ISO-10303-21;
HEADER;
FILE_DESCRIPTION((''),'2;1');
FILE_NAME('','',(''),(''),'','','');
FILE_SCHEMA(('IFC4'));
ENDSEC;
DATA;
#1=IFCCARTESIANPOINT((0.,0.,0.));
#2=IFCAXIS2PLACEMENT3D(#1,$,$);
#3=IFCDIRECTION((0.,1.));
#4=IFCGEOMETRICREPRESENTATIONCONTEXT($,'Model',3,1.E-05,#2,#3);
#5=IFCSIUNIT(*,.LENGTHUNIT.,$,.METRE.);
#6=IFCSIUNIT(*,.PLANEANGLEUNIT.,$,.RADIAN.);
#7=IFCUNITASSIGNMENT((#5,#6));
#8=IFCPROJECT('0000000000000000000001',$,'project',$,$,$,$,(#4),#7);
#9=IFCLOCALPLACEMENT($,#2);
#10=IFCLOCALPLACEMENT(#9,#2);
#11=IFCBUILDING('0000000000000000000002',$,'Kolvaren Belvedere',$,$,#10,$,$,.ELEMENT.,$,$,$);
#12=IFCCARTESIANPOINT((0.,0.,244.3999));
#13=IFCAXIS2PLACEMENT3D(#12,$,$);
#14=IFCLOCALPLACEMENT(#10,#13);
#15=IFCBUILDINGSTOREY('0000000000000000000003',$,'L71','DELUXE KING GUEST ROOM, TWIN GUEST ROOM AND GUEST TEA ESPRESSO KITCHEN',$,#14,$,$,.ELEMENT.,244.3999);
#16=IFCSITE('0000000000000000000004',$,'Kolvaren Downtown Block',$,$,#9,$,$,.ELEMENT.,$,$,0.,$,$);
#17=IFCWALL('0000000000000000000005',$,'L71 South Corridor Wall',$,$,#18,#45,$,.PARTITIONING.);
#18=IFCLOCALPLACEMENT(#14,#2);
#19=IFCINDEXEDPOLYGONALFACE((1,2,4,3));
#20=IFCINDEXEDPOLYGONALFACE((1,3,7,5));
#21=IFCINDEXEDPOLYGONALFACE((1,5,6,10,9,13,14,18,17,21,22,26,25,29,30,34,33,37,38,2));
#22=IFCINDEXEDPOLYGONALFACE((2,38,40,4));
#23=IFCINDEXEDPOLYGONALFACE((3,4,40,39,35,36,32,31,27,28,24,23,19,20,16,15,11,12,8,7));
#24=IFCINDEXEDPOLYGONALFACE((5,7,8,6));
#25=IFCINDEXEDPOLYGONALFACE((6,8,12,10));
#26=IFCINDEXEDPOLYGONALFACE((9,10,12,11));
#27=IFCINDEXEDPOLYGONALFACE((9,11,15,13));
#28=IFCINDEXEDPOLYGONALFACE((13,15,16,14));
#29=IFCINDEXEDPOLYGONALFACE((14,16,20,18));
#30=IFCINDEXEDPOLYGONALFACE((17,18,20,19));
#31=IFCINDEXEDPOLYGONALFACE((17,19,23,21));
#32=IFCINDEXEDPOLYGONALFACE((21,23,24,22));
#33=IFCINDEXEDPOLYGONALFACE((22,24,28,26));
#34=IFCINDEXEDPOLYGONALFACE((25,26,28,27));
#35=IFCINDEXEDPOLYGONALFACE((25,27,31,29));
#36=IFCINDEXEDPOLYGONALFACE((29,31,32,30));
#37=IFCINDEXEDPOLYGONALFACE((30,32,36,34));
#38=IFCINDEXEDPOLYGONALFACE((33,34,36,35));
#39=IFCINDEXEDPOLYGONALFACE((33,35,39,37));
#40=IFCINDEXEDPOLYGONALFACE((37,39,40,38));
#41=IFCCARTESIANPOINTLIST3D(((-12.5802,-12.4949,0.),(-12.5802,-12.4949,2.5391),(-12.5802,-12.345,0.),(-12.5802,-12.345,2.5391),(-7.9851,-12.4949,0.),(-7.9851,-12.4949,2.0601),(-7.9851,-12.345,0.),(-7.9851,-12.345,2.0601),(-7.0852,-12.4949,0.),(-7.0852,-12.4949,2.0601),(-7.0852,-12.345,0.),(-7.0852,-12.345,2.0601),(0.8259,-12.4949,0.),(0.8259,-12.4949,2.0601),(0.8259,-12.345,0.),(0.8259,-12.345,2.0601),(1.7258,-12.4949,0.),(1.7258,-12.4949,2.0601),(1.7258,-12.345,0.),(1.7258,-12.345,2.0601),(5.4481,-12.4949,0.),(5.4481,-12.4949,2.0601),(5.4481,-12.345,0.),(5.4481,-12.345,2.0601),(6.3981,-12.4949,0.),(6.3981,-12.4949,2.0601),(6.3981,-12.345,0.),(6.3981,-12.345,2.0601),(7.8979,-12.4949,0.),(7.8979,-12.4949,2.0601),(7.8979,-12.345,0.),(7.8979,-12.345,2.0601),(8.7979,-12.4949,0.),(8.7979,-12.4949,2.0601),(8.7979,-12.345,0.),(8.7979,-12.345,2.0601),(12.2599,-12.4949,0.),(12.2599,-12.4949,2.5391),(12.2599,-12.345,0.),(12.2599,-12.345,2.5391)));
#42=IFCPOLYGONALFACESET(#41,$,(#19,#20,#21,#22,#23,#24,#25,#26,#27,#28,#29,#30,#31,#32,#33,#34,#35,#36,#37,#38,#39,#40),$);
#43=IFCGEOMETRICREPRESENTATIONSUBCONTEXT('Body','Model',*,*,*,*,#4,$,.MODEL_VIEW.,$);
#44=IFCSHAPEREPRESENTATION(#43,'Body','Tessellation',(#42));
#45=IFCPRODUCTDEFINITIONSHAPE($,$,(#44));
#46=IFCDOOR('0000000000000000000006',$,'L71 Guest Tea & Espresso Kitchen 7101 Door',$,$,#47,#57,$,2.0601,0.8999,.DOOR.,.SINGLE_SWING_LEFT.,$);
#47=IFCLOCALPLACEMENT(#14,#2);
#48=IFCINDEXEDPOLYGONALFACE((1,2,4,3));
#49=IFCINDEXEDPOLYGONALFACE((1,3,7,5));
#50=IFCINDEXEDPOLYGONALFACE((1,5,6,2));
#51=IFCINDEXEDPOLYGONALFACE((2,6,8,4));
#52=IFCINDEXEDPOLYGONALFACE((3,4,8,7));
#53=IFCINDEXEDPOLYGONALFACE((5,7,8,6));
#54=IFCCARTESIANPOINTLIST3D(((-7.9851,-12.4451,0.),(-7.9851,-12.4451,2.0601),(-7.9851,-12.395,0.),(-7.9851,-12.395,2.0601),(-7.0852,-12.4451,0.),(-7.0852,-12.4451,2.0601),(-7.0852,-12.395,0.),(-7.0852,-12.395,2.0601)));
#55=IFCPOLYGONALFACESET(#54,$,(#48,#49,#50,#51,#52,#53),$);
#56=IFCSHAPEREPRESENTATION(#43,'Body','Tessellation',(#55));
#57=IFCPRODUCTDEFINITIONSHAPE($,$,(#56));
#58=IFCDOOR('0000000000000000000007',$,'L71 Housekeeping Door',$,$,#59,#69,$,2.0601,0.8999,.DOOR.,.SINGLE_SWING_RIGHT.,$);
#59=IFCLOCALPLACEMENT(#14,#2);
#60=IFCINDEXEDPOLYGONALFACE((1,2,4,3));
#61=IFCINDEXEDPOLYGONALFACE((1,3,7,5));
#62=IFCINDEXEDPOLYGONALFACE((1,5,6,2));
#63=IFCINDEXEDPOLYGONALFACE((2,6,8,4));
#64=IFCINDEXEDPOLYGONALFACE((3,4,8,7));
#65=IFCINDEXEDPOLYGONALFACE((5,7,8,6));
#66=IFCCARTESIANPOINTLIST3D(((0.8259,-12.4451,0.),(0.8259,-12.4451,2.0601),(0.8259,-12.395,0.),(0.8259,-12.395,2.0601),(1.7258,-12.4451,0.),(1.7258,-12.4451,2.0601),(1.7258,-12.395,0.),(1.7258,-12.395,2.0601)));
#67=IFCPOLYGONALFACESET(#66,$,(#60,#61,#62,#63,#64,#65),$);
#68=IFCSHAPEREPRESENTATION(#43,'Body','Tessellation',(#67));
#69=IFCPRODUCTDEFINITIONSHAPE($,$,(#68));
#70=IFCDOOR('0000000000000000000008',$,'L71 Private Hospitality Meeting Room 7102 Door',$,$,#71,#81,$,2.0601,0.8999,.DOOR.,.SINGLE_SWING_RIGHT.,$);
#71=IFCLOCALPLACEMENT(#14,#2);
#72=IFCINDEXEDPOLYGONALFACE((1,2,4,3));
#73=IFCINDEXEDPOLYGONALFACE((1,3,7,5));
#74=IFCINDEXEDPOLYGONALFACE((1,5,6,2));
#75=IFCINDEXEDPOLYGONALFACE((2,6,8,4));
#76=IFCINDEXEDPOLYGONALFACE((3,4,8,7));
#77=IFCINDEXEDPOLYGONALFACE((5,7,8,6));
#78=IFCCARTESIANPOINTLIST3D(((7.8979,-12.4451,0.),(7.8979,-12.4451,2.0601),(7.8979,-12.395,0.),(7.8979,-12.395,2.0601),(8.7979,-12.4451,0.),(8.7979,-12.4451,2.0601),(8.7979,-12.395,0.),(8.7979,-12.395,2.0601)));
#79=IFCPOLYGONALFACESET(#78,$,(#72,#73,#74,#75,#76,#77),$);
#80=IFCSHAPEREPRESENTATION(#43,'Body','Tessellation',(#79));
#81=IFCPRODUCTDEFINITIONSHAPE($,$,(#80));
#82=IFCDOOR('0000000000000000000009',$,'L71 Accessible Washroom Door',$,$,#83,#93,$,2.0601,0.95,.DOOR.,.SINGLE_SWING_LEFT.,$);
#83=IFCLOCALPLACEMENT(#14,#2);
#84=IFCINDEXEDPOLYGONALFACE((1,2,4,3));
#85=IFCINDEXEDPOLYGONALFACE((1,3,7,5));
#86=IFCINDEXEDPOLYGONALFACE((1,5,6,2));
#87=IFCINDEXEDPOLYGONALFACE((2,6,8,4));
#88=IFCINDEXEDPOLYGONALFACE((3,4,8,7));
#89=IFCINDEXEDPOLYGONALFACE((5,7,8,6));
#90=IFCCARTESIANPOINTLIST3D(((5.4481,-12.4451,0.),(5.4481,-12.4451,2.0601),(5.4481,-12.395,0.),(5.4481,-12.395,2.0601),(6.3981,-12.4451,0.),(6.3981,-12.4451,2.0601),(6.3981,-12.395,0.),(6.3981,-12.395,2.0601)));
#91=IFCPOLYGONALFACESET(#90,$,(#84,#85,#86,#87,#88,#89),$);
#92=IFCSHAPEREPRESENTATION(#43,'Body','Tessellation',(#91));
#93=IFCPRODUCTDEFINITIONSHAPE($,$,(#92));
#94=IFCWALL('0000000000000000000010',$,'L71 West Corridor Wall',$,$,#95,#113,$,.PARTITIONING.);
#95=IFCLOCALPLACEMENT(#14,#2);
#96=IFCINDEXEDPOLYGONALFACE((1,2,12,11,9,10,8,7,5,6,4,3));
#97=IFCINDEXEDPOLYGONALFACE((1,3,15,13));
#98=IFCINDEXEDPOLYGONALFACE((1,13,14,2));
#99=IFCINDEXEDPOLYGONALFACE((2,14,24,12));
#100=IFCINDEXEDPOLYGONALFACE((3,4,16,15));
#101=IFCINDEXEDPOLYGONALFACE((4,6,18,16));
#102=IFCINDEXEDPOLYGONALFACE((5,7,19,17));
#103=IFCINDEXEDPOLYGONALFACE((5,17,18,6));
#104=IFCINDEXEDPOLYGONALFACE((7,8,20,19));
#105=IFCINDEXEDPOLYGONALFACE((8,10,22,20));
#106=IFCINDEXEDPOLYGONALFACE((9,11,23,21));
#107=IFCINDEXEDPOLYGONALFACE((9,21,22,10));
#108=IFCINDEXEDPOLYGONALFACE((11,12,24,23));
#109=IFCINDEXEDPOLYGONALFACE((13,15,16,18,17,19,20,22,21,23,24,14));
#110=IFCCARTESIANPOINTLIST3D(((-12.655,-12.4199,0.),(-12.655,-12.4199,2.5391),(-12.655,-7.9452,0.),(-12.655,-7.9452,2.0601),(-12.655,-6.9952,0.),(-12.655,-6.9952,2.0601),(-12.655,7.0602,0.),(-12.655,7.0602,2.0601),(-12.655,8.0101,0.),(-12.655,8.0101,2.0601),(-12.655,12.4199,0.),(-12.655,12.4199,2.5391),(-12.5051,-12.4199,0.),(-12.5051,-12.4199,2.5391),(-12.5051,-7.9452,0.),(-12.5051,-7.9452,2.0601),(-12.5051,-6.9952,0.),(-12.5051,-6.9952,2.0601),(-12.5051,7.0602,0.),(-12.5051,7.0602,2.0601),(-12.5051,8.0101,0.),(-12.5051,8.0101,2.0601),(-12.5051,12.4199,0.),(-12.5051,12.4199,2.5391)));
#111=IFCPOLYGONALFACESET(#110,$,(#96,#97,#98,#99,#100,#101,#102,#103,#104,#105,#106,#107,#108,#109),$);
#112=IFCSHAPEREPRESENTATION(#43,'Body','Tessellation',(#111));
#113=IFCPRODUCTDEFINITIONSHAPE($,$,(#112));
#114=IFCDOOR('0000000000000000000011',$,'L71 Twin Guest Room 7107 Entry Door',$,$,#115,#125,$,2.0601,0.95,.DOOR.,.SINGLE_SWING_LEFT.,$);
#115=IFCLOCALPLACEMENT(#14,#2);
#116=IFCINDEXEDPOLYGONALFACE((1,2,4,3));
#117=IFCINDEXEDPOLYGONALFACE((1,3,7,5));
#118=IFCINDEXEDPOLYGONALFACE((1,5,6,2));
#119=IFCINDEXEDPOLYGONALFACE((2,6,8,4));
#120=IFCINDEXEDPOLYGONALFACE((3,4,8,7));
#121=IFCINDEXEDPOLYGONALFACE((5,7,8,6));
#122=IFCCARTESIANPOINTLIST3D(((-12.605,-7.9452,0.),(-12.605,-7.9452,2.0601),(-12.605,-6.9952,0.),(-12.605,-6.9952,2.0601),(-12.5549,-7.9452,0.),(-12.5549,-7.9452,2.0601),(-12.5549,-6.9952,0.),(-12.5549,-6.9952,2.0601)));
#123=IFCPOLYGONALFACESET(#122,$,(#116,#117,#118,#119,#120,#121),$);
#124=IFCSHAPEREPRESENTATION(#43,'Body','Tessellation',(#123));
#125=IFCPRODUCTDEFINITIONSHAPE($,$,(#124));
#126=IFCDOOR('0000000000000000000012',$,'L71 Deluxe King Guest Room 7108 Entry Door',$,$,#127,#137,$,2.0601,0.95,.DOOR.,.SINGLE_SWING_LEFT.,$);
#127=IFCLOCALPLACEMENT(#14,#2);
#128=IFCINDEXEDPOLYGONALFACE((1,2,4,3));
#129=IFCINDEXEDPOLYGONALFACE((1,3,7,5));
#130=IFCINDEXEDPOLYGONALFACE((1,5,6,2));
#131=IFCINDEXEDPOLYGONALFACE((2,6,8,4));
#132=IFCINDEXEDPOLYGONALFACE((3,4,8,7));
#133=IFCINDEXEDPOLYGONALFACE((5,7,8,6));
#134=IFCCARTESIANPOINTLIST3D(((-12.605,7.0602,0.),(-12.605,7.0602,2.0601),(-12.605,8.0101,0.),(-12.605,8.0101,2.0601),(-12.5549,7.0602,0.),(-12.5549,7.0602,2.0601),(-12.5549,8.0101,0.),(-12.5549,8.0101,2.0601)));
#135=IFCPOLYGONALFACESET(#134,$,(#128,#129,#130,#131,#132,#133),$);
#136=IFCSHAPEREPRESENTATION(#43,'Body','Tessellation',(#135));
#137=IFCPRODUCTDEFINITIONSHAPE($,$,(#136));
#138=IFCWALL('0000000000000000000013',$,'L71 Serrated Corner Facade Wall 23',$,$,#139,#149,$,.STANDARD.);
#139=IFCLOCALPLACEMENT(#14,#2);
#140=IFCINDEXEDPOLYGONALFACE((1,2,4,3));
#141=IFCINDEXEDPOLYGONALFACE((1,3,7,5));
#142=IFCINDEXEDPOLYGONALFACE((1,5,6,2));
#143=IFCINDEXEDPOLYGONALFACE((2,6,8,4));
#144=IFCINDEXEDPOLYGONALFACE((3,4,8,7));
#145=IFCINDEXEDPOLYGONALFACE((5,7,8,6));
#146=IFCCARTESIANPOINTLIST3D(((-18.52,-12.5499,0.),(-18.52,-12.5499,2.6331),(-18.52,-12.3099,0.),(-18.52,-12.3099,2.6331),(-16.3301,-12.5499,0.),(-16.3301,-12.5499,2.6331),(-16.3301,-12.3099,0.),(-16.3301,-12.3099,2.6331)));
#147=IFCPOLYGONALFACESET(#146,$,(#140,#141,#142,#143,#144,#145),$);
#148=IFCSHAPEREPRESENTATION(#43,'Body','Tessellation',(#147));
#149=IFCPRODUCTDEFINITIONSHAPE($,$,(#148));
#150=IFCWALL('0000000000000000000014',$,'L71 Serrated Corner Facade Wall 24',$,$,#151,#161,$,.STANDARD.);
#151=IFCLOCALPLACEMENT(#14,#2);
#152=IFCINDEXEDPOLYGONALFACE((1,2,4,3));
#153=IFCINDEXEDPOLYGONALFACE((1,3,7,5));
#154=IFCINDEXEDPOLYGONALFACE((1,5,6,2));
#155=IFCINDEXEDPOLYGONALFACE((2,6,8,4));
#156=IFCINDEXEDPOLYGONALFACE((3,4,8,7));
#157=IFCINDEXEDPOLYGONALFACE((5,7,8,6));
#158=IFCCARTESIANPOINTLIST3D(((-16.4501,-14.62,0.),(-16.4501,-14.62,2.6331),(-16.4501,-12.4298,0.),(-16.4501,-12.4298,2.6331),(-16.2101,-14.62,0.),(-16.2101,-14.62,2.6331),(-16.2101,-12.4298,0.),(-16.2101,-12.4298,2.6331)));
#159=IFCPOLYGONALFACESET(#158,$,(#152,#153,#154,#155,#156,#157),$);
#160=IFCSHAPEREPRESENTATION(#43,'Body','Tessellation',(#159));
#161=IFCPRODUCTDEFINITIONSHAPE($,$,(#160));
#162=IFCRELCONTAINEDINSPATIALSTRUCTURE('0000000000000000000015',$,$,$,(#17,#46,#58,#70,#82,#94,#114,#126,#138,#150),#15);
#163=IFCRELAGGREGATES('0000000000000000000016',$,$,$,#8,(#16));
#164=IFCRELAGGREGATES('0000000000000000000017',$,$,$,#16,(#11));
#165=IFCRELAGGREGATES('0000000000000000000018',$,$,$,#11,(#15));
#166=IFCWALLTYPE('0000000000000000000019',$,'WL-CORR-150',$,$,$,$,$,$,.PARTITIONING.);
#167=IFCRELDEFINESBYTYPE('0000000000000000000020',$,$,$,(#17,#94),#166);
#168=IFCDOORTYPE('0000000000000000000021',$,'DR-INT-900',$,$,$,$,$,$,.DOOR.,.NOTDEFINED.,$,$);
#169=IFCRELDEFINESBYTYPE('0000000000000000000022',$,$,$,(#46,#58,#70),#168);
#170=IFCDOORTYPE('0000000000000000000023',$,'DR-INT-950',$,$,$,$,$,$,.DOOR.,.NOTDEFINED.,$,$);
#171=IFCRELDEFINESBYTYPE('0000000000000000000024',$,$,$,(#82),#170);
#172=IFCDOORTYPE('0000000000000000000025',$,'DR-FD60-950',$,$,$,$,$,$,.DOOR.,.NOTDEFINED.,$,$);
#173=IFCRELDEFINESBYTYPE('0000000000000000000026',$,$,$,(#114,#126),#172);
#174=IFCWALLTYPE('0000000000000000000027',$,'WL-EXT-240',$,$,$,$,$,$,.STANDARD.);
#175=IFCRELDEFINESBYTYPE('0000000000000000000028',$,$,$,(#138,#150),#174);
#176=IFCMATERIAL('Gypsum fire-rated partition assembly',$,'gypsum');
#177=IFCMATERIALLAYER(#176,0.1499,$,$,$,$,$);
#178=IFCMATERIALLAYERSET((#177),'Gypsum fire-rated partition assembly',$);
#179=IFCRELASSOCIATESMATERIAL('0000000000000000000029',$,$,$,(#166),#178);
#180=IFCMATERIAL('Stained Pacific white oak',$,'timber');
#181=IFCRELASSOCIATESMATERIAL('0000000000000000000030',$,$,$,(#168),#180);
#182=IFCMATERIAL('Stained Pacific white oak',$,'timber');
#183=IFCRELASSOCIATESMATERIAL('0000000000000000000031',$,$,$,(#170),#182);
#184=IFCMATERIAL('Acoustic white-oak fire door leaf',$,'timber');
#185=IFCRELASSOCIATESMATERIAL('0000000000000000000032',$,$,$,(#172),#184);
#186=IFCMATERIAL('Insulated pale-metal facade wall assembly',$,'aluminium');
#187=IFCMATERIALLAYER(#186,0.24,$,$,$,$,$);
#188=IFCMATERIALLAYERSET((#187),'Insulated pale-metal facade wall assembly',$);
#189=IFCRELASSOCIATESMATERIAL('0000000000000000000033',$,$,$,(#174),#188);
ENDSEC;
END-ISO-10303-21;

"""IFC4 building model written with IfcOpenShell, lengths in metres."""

from ifc_helpers import new_model, si_unit, direction, frame, frame_2d, origin, place, context, subcontext, project, spatial, rectangle, extrude, material, layer, layer_set, type_object, element, fill, save


model = new_model("IFC4")

# Units and contexts
model_context = context("Model", 3, precision=1e-05, world=origin(), true_north=direction((0.0, 1.0)))
body_context = subcontext(model_context, "Body", "Model", "MODEL_VIEW")
ifc_project = project(units=[si_unit("LENGTHUNIT", "METRE"), si_unit("PLANEANGLEUNIT", "RADIAN")], contexts=[model_context])

# Site, building, storey
site_placement = place(None, origin())
site = spatial("IfcSite", under=ifc_project, at=site_placement, Name="Kolvaren Downtown Block", CompositionType="ELEMENT", RefElevation=0.0)
building_placement = place(site_placement, origin())
building = spatial("IfcBuilding", under=site, at=building_placement, Name="Kolvaren Belvedere", CompositionType="ELEMENT")
storey_placement = place(building_placement, frame((0.0, 0.0, 244.3999)))
storey = spatial("IfcBuildingStorey", under=building, at=storey_placement, Name="L71", Description="DELUXE KING GUEST ROOM, TWIN GUEST ROOM AND GUEST TEA ESPRESSO KITCHEN", CompositionType="ELEMENT", Elevation=244.3999)

# Walls, openings, doors
ifc_material_1 = material(Name="Gypsum fire-rated partition assembly", Category="gypsum")
ifc_layer_1 = layer(ifc_material_1, 0.1499)
ifc_layer_set_1 = layer_set([ifc_layer_1], Name="Gypsum fire-rated partition assembly")
wall_type_1 = type_object("IfcWallType", Name="WL-CORR-150", PredefinedType="PARTITIONING", material=ifc_layer_set_1)
wall_1_placement = place(storey_placement, frame((-12.5801, -12.4199, 0.0), z_axis=(0.0, 0.0, 1.0), x_axis=(1.0, 0.0, 0.0)))
wall_1 = element("IfcWall", 1, at=wall_1_placement, inside=storey, type_object=wall_type_1, Name="L71 South Corridor Wall", PredefinedType="PARTITIONING", context=body_context, shape_type="SweptSolid", body=[
    extrude(rectangle(XDim=24.8401, YDim=0.1499, at=frame_2d((12.4199, 0.0))), origin(), (0.0, 0.0, 1.0), 2.5391),
])
opening_1_placement = place(wall_1_placement, frame((4.595, 0.0, 0.0)))
opening_1 = element("IfcOpeningElement", 2, at=opening_1_placement, cuts=wall_1, PredefinedType="OPENING", context=body_context, shape_type="SweptSolid", body=[
    extrude(rectangle(XDim=0.8999, YDim=2.0601, at=frame_2d((0.45, 1.03))), frame((0.0, 0.085, 0.0), z_axis=(0.0, -1.0, 0.0), x_axis=(1.0, 0.0, 0.0)), (0.0, 0.0, 1.0), 0.1699),
])
opening_2_placement = place(wall_1_placement, frame((13.406, 0.0, 0.0)))
opening_2 = element("IfcOpeningElement", 3, at=opening_2_placement, cuts=wall_1, PredefinedType="OPENING", context=body_context, shape_type="SweptSolid", body=[
    extrude(rectangle(XDim=0.8999, YDim=2.0601, at=frame_2d((0.45, 1.03))), frame((0.0, 0.085, 0.0), z_axis=(0.0, -1.0, 0.0), x_axis=(1.0, 0.0, 0.0)), (0.0, 0.0, 1.0), 0.1699),
])
opening_3_placement = place(wall_1_placement, frame((18.0281, 0.0, 0.0)))
opening_3 = element("IfcOpeningElement", 4, at=opening_3_placement, cuts=wall_1, PredefinedType="OPENING", context=body_context, shape_type="SweptSolid", body=[
    extrude(rectangle(XDim=0.95, YDim=2.0601, at=frame_2d((0.4751, 1.03))), frame((0.0, 0.085, 0.0), z_axis=(0.0, -1.0, 0.0), x_axis=(1.0, 0.0, 0.0)), (0.0, 0.0, 1.0), 0.1699),
])
opening_4_placement = place(wall_1_placement, frame((20.478, 0.0, 0.0)))
opening_4 = element("IfcOpeningElement", 5, at=opening_4_placement, cuts=wall_1, PredefinedType="OPENING", context=body_context, shape_type="SweptSolid", body=[
    extrude(rectangle(XDim=0.8999, YDim=2.0601, at=frame_2d((0.45, 1.03))), frame((0.0, 0.085, 0.0), z_axis=(0.0, -1.0, 0.0), x_axis=(1.0, 0.0, 0.0)), (0.0, 0.0, 1.0), 0.1699),
])
ifc_material_2 = material(Name="Stained Pacific white oak", Category="timber")
door_type_1 = type_object("IfcDoorType", Name="DR-INT-900", OperationType="NOTDEFINED", PredefinedType="DOOR", material=ifc_material_2)
door_1_placement = place(opening_1_placement, origin())
door_1 = element("IfcDoor", 6, at=door_1_placement, inside=storey, type_object=door_type_1, Name="L71 Guest Tea & Espresso Kitchen 7101 Door", OperationType="SINGLE_SWING_LEFT", OverallHeight=2.0601, OverallWidth=0.8999, PredefinedType="DOOR", context=body_context, shape_type="SweptSolid", body=[
    extrude(rectangle(XDim=0.8999, YDim=2.0601, at=frame_2d((0.45, 1.03))), frame((0.0, 0.0249, 0.0), z_axis=(0.0, -1.0, 0.0), x_axis=(1.0, 0.0, 0.0)), (0.0, 0.0, 1.0), 0.05),
])
fill(opening_1, door_1)
door_2_placement = place(opening_2_placement, origin())
door_2 = element("IfcDoor", 7, at=door_2_placement, inside=storey, type_object=door_type_1, Name="L71 Housekeeping Door", OperationType="SINGLE_SWING_RIGHT", OverallHeight=2.0601, OverallWidth=0.8999, PredefinedType="DOOR", context=body_context, shape_type="SweptSolid", body=[
    extrude(rectangle(XDim=0.8999, YDim=2.0601, at=frame_2d((0.45, 1.03))), frame((0.0, 0.0249, 0.0), z_axis=(0.0, -1.0, 0.0), x_axis=(1.0, 0.0, 0.0)), (0.0, 0.0, 1.0), 0.05),
])
fill(opening_2, door_2)
door_3_placement = place(opening_4_placement, origin())
door_3 = element("IfcDoor", 8, at=door_3_placement, inside=storey, type_object=door_type_1, Name="L71 Private Hospitality Meeting Room 7102 Door", OperationType="SINGLE_SWING_RIGHT", OverallHeight=2.0601, OverallWidth=0.8999, PredefinedType="DOOR", context=body_context, shape_type="SweptSolid", body=[
    extrude(rectangle(XDim=0.8999, YDim=2.0601, at=frame_2d((0.45, 1.03))), frame((0.0, 0.0249, 0.0), z_axis=(0.0, -1.0, 0.0), x_axis=(1.0, 0.0, 0.0)), (0.0, 0.0, 1.0), 0.05),
])
fill(opening_4, door_3)
ifc_material_3 = material(Name="Stained Pacific white oak", Category="timber")
door_type_2 = type_object("IfcDoorType", Name="DR-INT-950", OperationType="NOTDEFINED", PredefinedType="DOOR", material=ifc_material_3)
door_4_placement = place(opening_3_placement, origin())
door_4 = element("IfcDoor", 9, at=door_4_placement, inside=storey, type_object=door_type_2, Name="L71 Accessible Washroom Door", OperationType="SINGLE_SWING_LEFT", OverallHeight=2.0601, OverallWidth=0.95, PredefinedType="DOOR", context=body_context, shape_type="SweptSolid", body=[
    extrude(rectangle(XDim=0.95, YDim=2.0601, at=frame_2d((0.4751, 1.03))), frame((0.0, 0.0249, 0.0), z_axis=(0.0, -1.0, 0.0), x_axis=(1.0, 0.0, 0.0)), (0.0, 0.0, 1.0), 0.05),
])
fill(opening_3, door_4)
wall_2_placement = place(storey_placement, frame((-12.5801, -12.4199, 0.0), z_axis=(0.0, 0.0, 1.0), x_axis=(0.0, 1.0, 0.0)))
wall_2 = element("IfcWall", 10, at=wall_2_placement, inside=storey, type_object=wall_type_1, Name="L71 West Corridor Wall", PredefinedType="PARTITIONING", context=body_context, shape_type="SweptSolid", body=[
    extrude(rectangle(XDim=24.8398, YDim=0.1499, at=frame_2d((12.4199, 0.0))), origin(), (0.0, 0.0, 1.0), 2.5391),
])
opening_5_placement = place(wall_2_placement, frame((4.4746, 0.0, 0.0)))
opening_5 = element("IfcOpeningElement", 11, at=opening_5_placement, cuts=wall_2, PredefinedType="OPENING", context=body_context, shape_type="SweptSolid", body=[
    extrude(rectangle(XDim=0.95, YDim=2.0601, at=frame_2d((0.4751, 1.03))), frame((0.0, 0.085, 0.0), z_axis=(0.0, -1.0, 0.0), x_axis=(1.0, 0.0, 0.0)), (0.0, 0.0, 1.0), 0.1699),
])
opening_6_placement = place(wall_2_placement, frame((19.48, 0.0, 0.0)))
opening_6 = element("IfcOpeningElement", 12, at=opening_6_placement, cuts=wall_2, PredefinedType="OPENING", context=body_context, shape_type="SweptSolid", body=[
    extrude(rectangle(XDim=0.95, YDim=2.0601, at=frame_2d((0.4751, 1.03))), frame((0.0, 0.085, 0.0), z_axis=(0.0, -1.0, 0.0), x_axis=(1.0, 0.0, 0.0)), (0.0, 0.0, 1.0), 0.1699),
])
ifc_material_4 = material(Name="Acoustic white-oak fire door leaf", Category="timber")
door_type_3 = type_object("IfcDoorType", Name="DR-FD60-950", OperationType="NOTDEFINED", PredefinedType="DOOR", material=ifc_material_4)
door_5_placement = place(opening_5_placement, origin())
door_5 = element("IfcDoor", 13, at=door_5_placement, inside=storey, type_object=door_type_3, Name="L71 Twin Guest Room 7107 Entry Door", OperationType="SINGLE_SWING_LEFT", OverallHeight=2.0601, OverallWidth=0.95, PredefinedType="DOOR", context=body_context, shape_type="SweptSolid", body=[
    extrude(rectangle(XDim=0.95, YDim=2.0601, at=frame_2d((0.4751, 1.03))), frame((0.0, 0.0249, 0.0), z_axis=(0.0, -1.0, 0.0), x_axis=(1.0, 0.0, 0.0)), (0.0, 0.0, 1.0), 0.05),
])
fill(opening_5, door_5)
door_6_placement = place(opening_6_placement, origin())
door_6 = element("IfcDoor", 14, at=door_6_placement, inside=storey, type_object=door_type_3, Name="L71 Deluxe King Guest Room 7108 Entry Door", OperationType="SINGLE_SWING_LEFT", OverallHeight=2.0601, OverallWidth=0.95, PredefinedType="DOOR", context=body_context, shape_type="SweptSolid", body=[
    extrude(rectangle(XDim=0.95, YDim=2.0601, at=frame_2d((0.4751, 1.03))), frame((0.0, 0.0249, 0.0), z_axis=(0.0, -1.0, 0.0), x_axis=(1.0, 0.0, 0.0)), (0.0, 0.0, 1.0), 0.05),
])
fill(opening_6, door_6)

# Walls
ifc_material_5 = material(Name="Insulated pale-metal facade wall assembly", Category="aluminium")
ifc_layer_2 = layer(ifc_material_5, 0.24)
ifc_layer_set_2 = layer_set([ifc_layer_2], Name="Insulated pale-metal facade wall assembly")
wall_type_2 = type_object("IfcWallType", Name="WL-EXT-240", PredefinedType="STANDARD", material=ifc_layer_set_2)
wall_3_placement = place(storey_placement, frame((-16.3301, -12.4299, 0.0), z_axis=(0.0, 0.0, 1.0), x_axis=(-1.0, 0.0, 0.0)))
element("IfcWall", 15, at=wall_3_placement, inside=storey, type_object=wall_type_2, Name="L71 Serrated Corner Facade Wall 23", PredefinedType="STANDARD", context=body_context, shape_type="SweptSolid", body=[
    extrude(rectangle(XDim=2.1899, YDim=0.24, at=frame_2d((1.095, 0.0))), origin(), (0.0, 0.0, 1.0), 2.6331),
])
for number, where, z_axis, x_axis, name in (
    (16, (-16.3301, -14.6201, 0.0), (0.0, 0.0, 1.0), (0.0, 1.0, 0.0), "L71 Serrated Corner Facade Wall 24"),
):
    element("IfcWall", number, at=place(storey_placement, frame(where, z_axis=z_axis, x_axis=x_axis)), inside=storey, type_object=wall_type_2, Name=name, PredefinedType="STANDARD", context=body_context, shape_type="SweptSolid", body=[
        extrude(rectangle(XDim=2.1902, YDim=0.24, at=frame_2d((1.0952, 0.0))), origin(), (0.0, 0.0, 1.0), 2.6331),
    ])

save(model, "model.ifc")
